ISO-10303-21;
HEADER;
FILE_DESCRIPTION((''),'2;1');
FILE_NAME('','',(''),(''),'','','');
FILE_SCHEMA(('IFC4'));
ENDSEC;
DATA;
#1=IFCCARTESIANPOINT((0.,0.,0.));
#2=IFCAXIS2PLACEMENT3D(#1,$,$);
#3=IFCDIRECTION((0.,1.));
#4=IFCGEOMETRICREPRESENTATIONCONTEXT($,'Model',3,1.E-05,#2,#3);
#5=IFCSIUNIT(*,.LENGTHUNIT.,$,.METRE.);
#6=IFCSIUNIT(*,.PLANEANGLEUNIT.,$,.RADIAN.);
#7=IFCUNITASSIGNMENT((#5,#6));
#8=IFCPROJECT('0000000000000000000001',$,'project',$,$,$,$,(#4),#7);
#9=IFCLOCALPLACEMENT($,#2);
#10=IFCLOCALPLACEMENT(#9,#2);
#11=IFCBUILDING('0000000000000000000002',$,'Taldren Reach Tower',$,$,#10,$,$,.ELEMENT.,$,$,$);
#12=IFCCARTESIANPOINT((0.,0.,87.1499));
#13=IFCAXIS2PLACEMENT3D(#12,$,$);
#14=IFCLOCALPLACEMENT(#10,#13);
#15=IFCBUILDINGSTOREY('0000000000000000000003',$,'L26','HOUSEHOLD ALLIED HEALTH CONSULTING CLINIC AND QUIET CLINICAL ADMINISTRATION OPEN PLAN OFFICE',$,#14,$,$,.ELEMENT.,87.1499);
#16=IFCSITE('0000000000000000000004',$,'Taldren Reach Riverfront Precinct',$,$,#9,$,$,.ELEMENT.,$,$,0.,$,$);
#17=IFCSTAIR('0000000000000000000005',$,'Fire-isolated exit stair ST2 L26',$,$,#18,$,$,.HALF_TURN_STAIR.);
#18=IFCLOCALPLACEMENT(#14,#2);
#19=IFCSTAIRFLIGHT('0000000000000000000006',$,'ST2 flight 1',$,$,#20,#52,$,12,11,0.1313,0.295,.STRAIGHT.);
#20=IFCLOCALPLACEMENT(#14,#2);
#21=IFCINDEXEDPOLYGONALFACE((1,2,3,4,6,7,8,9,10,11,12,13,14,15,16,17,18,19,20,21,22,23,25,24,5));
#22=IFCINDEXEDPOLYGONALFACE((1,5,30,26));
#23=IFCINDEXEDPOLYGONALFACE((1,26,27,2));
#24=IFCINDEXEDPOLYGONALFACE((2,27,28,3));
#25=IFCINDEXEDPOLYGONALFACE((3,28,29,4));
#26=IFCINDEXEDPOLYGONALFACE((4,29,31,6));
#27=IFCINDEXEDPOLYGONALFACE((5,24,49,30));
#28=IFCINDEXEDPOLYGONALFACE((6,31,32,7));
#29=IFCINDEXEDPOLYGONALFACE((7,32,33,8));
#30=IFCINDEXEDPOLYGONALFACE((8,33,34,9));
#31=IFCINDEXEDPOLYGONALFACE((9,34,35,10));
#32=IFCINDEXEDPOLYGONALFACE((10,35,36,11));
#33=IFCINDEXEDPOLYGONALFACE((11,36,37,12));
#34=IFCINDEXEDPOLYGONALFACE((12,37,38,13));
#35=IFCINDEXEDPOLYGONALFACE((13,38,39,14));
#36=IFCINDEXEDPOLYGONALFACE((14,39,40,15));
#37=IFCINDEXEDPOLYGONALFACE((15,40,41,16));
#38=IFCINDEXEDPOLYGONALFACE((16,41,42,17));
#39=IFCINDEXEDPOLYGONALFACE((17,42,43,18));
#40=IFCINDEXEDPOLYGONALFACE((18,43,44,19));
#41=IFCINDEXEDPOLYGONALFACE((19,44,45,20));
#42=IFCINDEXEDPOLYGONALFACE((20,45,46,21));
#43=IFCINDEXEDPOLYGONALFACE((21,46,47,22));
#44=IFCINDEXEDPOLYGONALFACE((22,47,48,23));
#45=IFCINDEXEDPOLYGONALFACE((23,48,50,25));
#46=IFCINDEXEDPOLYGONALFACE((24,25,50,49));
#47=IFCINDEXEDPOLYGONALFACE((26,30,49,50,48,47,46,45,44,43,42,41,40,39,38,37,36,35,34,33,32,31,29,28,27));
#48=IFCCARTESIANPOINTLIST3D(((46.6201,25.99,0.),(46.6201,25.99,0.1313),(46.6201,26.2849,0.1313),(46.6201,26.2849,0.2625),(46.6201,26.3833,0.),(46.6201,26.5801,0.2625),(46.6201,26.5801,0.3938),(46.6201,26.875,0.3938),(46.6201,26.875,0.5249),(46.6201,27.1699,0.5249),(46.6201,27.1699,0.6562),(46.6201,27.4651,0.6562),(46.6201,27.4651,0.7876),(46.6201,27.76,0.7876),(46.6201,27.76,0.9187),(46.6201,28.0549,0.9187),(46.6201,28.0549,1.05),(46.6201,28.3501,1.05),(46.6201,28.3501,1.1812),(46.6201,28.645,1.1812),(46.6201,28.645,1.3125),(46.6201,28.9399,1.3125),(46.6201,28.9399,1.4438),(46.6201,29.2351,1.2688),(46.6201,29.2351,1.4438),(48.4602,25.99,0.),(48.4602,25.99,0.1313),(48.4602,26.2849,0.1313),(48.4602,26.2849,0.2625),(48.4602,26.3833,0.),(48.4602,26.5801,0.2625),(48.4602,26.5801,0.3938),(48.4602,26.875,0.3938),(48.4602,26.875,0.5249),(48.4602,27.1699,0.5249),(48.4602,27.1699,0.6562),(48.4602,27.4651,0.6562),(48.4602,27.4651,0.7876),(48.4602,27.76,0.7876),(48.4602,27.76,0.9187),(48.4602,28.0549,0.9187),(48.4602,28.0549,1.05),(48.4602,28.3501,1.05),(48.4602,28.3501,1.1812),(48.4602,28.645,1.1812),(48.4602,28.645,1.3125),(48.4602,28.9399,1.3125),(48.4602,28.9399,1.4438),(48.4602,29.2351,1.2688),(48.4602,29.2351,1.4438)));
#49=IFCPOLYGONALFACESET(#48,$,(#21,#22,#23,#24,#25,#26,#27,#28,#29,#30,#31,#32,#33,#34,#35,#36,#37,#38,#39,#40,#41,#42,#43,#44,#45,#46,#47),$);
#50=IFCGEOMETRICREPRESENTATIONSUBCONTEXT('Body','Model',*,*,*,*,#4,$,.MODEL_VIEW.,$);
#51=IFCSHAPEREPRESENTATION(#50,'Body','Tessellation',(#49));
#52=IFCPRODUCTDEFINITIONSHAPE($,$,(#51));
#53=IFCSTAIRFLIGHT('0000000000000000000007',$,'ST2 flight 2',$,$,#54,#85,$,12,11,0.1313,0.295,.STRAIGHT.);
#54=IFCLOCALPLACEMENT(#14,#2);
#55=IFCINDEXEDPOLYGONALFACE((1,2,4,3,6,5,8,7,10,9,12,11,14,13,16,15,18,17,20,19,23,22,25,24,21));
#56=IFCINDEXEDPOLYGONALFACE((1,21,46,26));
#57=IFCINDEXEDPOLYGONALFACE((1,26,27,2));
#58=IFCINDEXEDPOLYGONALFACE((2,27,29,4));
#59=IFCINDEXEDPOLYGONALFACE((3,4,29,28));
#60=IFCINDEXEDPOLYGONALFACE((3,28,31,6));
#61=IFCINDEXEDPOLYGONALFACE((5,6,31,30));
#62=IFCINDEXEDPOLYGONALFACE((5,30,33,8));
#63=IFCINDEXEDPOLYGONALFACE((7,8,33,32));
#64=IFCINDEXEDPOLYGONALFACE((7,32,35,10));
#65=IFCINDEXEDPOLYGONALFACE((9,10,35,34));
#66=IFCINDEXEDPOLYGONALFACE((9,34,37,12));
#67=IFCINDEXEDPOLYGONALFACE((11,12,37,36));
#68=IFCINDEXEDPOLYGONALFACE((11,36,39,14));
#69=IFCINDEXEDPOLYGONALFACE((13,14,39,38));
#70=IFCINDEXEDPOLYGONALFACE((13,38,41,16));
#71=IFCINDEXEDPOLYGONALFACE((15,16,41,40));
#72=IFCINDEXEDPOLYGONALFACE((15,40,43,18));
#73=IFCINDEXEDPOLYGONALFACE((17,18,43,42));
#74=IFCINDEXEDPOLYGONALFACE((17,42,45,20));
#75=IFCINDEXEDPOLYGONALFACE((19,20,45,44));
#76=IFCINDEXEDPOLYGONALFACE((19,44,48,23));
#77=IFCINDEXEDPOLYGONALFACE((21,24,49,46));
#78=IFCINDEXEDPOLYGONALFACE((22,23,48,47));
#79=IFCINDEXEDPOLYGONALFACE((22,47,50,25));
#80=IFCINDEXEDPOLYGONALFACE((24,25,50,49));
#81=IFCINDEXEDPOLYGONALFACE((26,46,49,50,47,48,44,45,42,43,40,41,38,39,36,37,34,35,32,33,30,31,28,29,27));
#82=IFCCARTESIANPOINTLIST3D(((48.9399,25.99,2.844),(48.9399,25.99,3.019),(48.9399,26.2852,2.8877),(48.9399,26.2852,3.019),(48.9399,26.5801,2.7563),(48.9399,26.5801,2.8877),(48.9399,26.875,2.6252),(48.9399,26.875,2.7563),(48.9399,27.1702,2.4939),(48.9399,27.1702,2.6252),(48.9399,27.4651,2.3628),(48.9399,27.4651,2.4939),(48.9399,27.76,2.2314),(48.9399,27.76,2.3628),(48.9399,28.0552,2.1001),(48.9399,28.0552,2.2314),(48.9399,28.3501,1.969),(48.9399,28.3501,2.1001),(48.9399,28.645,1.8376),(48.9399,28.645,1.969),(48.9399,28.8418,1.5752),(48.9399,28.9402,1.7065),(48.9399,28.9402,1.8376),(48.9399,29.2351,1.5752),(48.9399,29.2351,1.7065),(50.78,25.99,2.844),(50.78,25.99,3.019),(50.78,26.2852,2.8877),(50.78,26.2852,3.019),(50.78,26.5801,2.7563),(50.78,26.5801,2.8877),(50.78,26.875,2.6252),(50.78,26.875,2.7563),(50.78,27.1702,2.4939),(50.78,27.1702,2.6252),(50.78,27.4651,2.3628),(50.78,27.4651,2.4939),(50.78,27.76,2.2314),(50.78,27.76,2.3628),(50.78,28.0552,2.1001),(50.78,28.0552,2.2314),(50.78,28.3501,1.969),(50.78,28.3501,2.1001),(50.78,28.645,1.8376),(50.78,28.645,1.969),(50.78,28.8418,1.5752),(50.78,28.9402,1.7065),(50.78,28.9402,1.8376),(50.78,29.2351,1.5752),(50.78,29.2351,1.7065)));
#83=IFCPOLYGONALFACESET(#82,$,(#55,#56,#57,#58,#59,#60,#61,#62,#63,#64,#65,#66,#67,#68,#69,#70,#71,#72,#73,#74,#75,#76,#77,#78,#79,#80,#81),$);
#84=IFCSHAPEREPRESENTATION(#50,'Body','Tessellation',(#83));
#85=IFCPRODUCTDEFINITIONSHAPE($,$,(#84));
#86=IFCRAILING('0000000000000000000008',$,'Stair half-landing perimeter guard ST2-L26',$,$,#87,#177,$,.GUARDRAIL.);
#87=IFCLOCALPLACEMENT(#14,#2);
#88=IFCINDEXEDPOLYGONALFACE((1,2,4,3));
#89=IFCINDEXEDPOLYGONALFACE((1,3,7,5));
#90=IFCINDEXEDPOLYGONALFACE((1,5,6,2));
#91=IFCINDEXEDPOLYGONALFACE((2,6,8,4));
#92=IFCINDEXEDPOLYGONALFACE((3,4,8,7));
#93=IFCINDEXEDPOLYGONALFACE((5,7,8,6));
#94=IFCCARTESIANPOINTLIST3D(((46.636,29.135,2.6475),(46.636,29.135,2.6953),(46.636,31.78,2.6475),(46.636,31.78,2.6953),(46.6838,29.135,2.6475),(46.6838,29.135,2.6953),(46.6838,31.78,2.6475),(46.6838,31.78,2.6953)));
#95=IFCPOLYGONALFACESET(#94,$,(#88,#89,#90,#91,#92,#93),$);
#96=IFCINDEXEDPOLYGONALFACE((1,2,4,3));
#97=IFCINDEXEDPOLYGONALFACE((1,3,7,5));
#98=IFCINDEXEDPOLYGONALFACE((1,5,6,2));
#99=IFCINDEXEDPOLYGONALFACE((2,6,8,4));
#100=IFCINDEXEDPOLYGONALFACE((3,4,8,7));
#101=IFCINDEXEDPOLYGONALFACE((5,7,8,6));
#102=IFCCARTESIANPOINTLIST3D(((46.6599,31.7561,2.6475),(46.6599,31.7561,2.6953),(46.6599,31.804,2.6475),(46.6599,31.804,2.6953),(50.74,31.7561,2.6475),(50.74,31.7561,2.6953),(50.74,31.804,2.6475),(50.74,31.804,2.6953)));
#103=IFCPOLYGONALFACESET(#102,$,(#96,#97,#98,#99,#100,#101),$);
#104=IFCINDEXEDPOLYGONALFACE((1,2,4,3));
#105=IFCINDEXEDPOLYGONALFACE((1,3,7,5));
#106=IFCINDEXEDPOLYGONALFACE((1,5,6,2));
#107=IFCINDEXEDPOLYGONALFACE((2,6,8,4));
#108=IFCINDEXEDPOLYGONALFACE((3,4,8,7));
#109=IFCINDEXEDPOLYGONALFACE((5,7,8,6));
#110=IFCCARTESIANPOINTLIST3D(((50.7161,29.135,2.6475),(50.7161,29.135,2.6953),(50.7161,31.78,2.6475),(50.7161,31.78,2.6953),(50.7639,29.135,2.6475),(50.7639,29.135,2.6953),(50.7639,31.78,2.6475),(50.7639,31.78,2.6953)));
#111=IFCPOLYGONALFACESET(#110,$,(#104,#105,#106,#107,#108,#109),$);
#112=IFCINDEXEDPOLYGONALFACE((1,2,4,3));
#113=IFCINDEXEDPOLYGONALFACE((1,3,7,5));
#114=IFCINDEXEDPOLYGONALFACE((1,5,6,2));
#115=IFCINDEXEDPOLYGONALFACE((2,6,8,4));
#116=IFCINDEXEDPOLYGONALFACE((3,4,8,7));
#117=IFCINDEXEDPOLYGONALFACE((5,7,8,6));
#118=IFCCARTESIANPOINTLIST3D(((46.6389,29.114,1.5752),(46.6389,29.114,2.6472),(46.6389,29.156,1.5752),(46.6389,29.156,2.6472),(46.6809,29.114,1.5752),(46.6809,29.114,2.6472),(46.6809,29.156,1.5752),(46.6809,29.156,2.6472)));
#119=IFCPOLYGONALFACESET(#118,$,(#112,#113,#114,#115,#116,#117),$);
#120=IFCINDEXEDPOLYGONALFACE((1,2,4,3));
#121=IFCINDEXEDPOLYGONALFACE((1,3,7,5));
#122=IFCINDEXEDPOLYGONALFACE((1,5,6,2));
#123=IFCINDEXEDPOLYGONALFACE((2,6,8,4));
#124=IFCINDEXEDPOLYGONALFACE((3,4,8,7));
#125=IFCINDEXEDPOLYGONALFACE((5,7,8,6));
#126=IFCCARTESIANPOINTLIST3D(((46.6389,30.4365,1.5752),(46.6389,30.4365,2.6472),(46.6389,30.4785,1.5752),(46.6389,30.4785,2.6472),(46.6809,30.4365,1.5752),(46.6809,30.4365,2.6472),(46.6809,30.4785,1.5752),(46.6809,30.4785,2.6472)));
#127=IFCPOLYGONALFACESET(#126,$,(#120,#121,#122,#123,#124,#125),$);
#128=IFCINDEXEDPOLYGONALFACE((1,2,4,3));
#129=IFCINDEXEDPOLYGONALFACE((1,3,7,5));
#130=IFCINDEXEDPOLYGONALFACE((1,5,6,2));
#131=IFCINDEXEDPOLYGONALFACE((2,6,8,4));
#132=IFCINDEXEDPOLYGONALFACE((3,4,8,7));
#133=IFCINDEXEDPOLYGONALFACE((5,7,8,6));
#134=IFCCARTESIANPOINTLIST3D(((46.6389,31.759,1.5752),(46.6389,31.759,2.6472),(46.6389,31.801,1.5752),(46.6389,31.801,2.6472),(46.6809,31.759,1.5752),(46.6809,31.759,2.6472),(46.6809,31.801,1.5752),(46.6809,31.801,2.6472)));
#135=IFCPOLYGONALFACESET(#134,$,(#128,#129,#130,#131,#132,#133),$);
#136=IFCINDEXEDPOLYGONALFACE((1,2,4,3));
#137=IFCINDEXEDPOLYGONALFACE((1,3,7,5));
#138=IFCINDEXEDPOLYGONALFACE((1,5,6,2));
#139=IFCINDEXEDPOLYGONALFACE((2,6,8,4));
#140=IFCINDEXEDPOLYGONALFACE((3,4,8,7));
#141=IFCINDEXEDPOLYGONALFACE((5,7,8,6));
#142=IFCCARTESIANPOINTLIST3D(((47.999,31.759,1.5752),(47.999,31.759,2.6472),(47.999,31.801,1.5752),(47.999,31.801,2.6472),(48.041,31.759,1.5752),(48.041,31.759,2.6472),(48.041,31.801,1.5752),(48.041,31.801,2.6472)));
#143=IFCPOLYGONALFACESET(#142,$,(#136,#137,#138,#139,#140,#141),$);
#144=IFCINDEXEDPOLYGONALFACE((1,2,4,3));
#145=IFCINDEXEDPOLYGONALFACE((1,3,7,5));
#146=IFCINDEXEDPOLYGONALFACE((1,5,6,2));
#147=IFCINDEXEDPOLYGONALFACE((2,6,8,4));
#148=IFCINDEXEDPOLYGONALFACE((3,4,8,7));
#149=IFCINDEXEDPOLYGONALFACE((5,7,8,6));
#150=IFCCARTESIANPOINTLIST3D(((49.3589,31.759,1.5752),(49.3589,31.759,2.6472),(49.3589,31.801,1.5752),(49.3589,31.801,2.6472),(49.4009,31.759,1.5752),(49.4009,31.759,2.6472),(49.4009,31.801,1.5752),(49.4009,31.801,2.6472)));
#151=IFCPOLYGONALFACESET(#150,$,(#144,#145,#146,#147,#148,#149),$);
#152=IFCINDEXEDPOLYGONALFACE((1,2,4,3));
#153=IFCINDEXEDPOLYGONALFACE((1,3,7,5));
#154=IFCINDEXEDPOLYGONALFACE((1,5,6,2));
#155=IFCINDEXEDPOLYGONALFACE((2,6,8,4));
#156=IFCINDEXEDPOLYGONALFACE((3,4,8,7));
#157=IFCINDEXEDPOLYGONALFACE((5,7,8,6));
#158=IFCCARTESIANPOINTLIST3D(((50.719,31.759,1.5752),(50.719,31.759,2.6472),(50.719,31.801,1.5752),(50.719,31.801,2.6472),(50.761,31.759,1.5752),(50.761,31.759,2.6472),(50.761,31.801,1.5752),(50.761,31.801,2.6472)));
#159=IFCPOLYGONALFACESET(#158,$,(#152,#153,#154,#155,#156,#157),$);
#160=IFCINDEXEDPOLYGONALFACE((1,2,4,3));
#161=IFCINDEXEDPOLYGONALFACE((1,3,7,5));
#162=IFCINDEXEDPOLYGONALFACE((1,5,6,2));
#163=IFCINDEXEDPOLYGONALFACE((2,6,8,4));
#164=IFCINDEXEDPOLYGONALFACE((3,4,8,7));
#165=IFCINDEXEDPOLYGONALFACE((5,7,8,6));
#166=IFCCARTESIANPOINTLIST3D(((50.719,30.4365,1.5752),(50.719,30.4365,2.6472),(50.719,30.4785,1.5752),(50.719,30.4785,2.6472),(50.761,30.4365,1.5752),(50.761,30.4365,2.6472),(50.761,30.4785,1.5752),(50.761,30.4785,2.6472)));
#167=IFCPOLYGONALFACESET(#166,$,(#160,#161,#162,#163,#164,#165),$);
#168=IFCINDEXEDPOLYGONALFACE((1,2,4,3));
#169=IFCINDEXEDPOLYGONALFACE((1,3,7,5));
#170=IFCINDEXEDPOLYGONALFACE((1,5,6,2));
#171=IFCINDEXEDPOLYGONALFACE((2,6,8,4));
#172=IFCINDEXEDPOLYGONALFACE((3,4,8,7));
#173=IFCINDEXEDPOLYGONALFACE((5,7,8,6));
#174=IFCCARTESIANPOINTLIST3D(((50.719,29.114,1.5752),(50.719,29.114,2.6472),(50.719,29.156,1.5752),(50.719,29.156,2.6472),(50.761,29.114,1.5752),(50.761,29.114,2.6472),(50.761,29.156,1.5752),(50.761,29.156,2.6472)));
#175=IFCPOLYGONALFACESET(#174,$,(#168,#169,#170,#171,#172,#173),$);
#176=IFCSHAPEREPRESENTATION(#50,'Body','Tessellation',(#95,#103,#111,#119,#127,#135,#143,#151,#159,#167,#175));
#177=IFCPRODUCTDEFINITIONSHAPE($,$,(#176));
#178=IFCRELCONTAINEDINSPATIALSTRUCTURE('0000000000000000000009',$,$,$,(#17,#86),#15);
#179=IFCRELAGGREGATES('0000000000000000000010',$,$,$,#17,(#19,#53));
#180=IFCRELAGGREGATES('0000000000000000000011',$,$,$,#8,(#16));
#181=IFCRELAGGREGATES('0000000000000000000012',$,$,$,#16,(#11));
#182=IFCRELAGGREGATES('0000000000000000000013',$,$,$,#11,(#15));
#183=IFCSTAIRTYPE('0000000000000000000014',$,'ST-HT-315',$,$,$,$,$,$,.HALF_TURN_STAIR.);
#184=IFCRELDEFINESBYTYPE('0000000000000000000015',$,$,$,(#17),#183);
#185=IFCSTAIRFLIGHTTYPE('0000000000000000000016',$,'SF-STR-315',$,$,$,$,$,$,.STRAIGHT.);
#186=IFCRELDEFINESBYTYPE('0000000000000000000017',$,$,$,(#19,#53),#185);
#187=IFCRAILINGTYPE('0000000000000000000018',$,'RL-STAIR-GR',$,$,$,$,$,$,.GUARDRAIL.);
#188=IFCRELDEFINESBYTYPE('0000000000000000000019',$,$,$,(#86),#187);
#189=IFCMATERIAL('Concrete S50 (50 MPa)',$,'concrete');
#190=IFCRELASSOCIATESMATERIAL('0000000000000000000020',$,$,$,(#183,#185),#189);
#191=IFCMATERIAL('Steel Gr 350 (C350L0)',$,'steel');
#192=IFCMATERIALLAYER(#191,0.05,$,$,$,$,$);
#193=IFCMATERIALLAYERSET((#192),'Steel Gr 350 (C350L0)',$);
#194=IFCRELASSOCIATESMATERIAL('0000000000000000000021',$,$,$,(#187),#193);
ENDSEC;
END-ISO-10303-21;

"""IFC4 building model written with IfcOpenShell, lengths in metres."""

from ifc_helpers import new_model, si_unit, direction, frame, origin, origin_2d, place, context, subcontext, project, spatial, polyline, rectangle, outline, extrude, material, layer, layer_set, type_object, element, aggregate, save


model = new_model("IFC4")

# Units and contexts
model_context = context("Model", 3, precision=1e-05, world=origin(), true_north=direction((0.0, 1.0)))
body_context = subcontext(model_context, "Body", "Model", "MODEL_VIEW")
ifc_project = project(units=[si_unit("LENGTHUNIT", "METRE"), si_unit("PLANEANGLEUNIT", "RADIAN")], contexts=[model_context])

# Site, building, storey
site_placement = place(None, origin())
site = spatial("IfcSite", under=ifc_project, at=site_placement, Name="Taldren Reach Riverfront Precinct", CompositionType="ELEMENT", RefElevation=0.0)
building_placement = place(site_placement, origin())
building = spatial("IfcBuilding", under=site, at=building_placement, Name="Taldren Reach Tower", CompositionType="ELEMENT")
storey_placement = place(building_placement, frame((0.0, 0.0, 87.1499)))
storey = spatial("IfcBuildingStorey", under=building, at=storey_placement, Name="L26", Description="HOUSEHOLD ALLIED HEALTH CONSULTING CLINIC AND QUIET CLINICAL ADMINISTRATION OPEN PLAN OFFICE", CompositionType="ELEMENT", Elevation=87.1499)

# Shared definitions
ifc_material_1 = material(Name="Steel Gr 350 (C350L0)", Category="steel")

# Shared definitions
ifc_material_2 = material(Name="Concrete S50 (50 MPa)", Category="concrete")

# Stair, stair flights
stair_type = type_object("IfcStairType", Name="ST-HT-315", PredefinedType="HALF_TURN_STAIR", material=ifc_material_2)
stair_placement = place(storey_placement, origin())
stair = element("IfcStair", 1, at=stair_placement, inside=storey, type_object=stair_type, Name="Fire-isolated exit stair ST2 L26", PredefinedType="HALF_TURN_STAIR")
stair_flight_type = type_object("IfcStairFlightType", Name="SF-STR-315", PredefinedType="STRAIGHT", material=ifc_material_2)
stair_flight_1_placement = place(storey_placement, frame((47.54, 25.99, 0.0), z_axis=(0.0, 0.0, 1.0), x_axis=(0.0, 1.0, 0.0)))
stair_flight_1 = element("IfcStairFlight", 2, at=stair_flight_1_placement, type_object=stair_flight_type, Name="ST2 flight 1", NumberOfRisers=12, NumberOfTreads=11, PredefinedType="STRAIGHT", RiserHeight=0.1313, TreadLength=0.295, context=body_context, shape_type="SweptSolid", body=[
    extrude(outline(polyline([(0.0, 0.0), (0.0, 0.1313), (0.2949, 0.1313), (0.2949, 0.2625), (0.5901, 0.2625), (0.5901, 0.3938), (0.885, 0.3938), (0.885, 0.5249), (1.1799, 0.5249), (1.1799, 0.6562), (1.4751, 0.6562), (1.4751, 0.7876), (1.77, 0.7876), (1.77, 0.9187), (2.0649, 0.9187), (2.0649, 1.05), (2.3601, 1.05), (2.3601, 1.1812), (2.655, 1.1812), (2.655, 1.3125), (2.95, 1.3125), (2.95, 1.4438), (3.2451, 1.4438), (3.2451, 1.575), (3.2451, 1.2688), (0.3933, 0.0), (0.0, 0.0)])), frame((0.0, 0.9199, 0.0), z_axis=(0.0, -1.0, 0.0), x_axis=(1.0, 0.0, 0.0)), (0.0, 0.0, 1.0), 1.8401),
])
stair_flight_2_placement = place(storey_placement, frame((49.8601, 29.2351, 1.5752), z_axis=(0.0, 0.0, 1.0), x_axis=(0.0, -1.0, 0.0)))
stair_flight_2 = element("IfcStairFlight", 3, at=stair_flight_2_placement, type_object=stair_flight_type, Name="ST2 flight 2", NumberOfRisers=12, NumberOfTreads=11, PredefinedType="STRAIGHT", RiserHeight=0.1313, TreadLength=0.295, context=body_context, shape_type="SweptSolid", body=[
    extrude(outline(polyline([(0.0, 0.0), (0.0, 0.1313), (0.2949, 0.1313), (0.2949, 0.2625), (0.5901, 0.2625), (0.5901, 0.3938), (0.885, 0.3938), (0.885, 0.5249), (1.1799, 0.5249), (1.1799, 0.6562), (1.4751, 0.6562), (1.4751, 0.7876), (1.77, 0.7876), (1.77, 0.9187), (2.0649, 0.9187), (2.0649, 1.05), (2.3601, 1.05), (2.3601, 1.1812), (2.655, 1.1812), (2.655, 1.3125), (2.95, 1.3125), (2.95, 1.4438), (3.2451, 1.4438), (3.2451, 1.575), (3.2451, 1.2688), (0.3933, 0.0), (0.0, 0.0)])), frame((0.0, 0.9199, 0.0), z_axis=(0.0, -1.0, 0.0), x_axis=(1.0, 0.0, 0.0)), (0.0, 0.0, 1.0), 1.8401),
])
aggregate(stair, [stair_flight_1, stair_flight_2])

# Railing
ifc_layer_1 = layer(ifc_material_1, 0.05)
ifc_layer_set_1 = layer_set([ifc_layer_1], Name="Steel Gr 350 (C350L0)")
railing_type_1 = type_object("IfcRailingType", Name="RL-STAIR-GR", PredefinedType="GUARDRAIL", material=ifc_layer_set_1)
railing_1_placement = place(storey_placement, frame((46.6599, 29.135, 1.5752)))
element("IfcRailing", 4, at=railing_1_placement, inside=storey, type_object=railing_type_1, Name="Stair half-landing perimeter guard ST2-L26", PredefinedType="GUARDRAIL", context=body_context, shape_type="SweptSolid", body=[
    extrude(rectangle(XDim=0.0479, YDim=0.0479, at=origin_2d()), frame((0.0, 0.0, 1.0962), z_axis=(0.0, 1.0, 0.0), x_axis=(-1.0, 0.0, 0.0)), (0.0, 0.0, 1.0), 2.645),
    extrude(rectangle(XDim=0.0479, YDim=0.0479, at=origin_2d()), frame((0.0, 2.645, 1.0962), z_axis=(1.0, 0.0, 0.0), x_axis=(0.0, 1.0, 0.0)), (0.0, 0.0, 1.0), 4.0801),
    extrude(rectangle(XDim=0.0479, YDim=0.0479, at=origin_2d()), frame((4.0801, 2.645, 1.0962), z_axis=(0.0, -1.0, 0.0), x_axis=(1.0, 0.0, 0.0)), (0.0, 0.0, 1.0), 2.645),
    extrude(rectangle(XDim=0.042, YDim=0.042, at=origin_2d()), origin(), (0.0, 0.0, 1.0), 1.072),
    extrude(rectangle(XDim=0.042, YDim=0.042, at=origin_2d()), frame((0.0, 1.3225, 0.0)), (0.0, 0.0, 1.0), 1.072),
    extrude(rectangle(XDim=0.042, YDim=0.042, at=origin_2d()), frame((0.0, 2.645, 0.0)), (0.0, 0.0, 1.0), 1.072),
    extrude(rectangle(XDim=0.042, YDim=0.042, at=origin_2d()), frame((1.3601, 2.645, 0.0)), (0.0, 0.0, 1.0), 1.072),
    extrude(rectangle(XDim=0.042, YDim=0.042, at=origin_2d()), frame((2.72, 2.645, 0.0)), (0.0, 0.0, 1.0), 1.072),
    extrude(rectangle(XDim=0.042, YDim=0.042, at=origin_2d()), frame((4.0801, 2.645, 0.0)), (0.0, 0.0, 1.0), 1.072),
    extrude(rectangle(XDim=0.042, YDim=0.042, at=origin_2d()), frame((4.0801, 1.3225, 0.0)), (0.0, 0.0, 1.0), 1.072),
    extrude(rectangle(XDim=0.042, YDim=0.042, at=origin_2d()), frame((4.0801, 0.0, 0.0)), (0.0, 0.0, 1.0), 1.072),
])

save(model, "model.ifc")
